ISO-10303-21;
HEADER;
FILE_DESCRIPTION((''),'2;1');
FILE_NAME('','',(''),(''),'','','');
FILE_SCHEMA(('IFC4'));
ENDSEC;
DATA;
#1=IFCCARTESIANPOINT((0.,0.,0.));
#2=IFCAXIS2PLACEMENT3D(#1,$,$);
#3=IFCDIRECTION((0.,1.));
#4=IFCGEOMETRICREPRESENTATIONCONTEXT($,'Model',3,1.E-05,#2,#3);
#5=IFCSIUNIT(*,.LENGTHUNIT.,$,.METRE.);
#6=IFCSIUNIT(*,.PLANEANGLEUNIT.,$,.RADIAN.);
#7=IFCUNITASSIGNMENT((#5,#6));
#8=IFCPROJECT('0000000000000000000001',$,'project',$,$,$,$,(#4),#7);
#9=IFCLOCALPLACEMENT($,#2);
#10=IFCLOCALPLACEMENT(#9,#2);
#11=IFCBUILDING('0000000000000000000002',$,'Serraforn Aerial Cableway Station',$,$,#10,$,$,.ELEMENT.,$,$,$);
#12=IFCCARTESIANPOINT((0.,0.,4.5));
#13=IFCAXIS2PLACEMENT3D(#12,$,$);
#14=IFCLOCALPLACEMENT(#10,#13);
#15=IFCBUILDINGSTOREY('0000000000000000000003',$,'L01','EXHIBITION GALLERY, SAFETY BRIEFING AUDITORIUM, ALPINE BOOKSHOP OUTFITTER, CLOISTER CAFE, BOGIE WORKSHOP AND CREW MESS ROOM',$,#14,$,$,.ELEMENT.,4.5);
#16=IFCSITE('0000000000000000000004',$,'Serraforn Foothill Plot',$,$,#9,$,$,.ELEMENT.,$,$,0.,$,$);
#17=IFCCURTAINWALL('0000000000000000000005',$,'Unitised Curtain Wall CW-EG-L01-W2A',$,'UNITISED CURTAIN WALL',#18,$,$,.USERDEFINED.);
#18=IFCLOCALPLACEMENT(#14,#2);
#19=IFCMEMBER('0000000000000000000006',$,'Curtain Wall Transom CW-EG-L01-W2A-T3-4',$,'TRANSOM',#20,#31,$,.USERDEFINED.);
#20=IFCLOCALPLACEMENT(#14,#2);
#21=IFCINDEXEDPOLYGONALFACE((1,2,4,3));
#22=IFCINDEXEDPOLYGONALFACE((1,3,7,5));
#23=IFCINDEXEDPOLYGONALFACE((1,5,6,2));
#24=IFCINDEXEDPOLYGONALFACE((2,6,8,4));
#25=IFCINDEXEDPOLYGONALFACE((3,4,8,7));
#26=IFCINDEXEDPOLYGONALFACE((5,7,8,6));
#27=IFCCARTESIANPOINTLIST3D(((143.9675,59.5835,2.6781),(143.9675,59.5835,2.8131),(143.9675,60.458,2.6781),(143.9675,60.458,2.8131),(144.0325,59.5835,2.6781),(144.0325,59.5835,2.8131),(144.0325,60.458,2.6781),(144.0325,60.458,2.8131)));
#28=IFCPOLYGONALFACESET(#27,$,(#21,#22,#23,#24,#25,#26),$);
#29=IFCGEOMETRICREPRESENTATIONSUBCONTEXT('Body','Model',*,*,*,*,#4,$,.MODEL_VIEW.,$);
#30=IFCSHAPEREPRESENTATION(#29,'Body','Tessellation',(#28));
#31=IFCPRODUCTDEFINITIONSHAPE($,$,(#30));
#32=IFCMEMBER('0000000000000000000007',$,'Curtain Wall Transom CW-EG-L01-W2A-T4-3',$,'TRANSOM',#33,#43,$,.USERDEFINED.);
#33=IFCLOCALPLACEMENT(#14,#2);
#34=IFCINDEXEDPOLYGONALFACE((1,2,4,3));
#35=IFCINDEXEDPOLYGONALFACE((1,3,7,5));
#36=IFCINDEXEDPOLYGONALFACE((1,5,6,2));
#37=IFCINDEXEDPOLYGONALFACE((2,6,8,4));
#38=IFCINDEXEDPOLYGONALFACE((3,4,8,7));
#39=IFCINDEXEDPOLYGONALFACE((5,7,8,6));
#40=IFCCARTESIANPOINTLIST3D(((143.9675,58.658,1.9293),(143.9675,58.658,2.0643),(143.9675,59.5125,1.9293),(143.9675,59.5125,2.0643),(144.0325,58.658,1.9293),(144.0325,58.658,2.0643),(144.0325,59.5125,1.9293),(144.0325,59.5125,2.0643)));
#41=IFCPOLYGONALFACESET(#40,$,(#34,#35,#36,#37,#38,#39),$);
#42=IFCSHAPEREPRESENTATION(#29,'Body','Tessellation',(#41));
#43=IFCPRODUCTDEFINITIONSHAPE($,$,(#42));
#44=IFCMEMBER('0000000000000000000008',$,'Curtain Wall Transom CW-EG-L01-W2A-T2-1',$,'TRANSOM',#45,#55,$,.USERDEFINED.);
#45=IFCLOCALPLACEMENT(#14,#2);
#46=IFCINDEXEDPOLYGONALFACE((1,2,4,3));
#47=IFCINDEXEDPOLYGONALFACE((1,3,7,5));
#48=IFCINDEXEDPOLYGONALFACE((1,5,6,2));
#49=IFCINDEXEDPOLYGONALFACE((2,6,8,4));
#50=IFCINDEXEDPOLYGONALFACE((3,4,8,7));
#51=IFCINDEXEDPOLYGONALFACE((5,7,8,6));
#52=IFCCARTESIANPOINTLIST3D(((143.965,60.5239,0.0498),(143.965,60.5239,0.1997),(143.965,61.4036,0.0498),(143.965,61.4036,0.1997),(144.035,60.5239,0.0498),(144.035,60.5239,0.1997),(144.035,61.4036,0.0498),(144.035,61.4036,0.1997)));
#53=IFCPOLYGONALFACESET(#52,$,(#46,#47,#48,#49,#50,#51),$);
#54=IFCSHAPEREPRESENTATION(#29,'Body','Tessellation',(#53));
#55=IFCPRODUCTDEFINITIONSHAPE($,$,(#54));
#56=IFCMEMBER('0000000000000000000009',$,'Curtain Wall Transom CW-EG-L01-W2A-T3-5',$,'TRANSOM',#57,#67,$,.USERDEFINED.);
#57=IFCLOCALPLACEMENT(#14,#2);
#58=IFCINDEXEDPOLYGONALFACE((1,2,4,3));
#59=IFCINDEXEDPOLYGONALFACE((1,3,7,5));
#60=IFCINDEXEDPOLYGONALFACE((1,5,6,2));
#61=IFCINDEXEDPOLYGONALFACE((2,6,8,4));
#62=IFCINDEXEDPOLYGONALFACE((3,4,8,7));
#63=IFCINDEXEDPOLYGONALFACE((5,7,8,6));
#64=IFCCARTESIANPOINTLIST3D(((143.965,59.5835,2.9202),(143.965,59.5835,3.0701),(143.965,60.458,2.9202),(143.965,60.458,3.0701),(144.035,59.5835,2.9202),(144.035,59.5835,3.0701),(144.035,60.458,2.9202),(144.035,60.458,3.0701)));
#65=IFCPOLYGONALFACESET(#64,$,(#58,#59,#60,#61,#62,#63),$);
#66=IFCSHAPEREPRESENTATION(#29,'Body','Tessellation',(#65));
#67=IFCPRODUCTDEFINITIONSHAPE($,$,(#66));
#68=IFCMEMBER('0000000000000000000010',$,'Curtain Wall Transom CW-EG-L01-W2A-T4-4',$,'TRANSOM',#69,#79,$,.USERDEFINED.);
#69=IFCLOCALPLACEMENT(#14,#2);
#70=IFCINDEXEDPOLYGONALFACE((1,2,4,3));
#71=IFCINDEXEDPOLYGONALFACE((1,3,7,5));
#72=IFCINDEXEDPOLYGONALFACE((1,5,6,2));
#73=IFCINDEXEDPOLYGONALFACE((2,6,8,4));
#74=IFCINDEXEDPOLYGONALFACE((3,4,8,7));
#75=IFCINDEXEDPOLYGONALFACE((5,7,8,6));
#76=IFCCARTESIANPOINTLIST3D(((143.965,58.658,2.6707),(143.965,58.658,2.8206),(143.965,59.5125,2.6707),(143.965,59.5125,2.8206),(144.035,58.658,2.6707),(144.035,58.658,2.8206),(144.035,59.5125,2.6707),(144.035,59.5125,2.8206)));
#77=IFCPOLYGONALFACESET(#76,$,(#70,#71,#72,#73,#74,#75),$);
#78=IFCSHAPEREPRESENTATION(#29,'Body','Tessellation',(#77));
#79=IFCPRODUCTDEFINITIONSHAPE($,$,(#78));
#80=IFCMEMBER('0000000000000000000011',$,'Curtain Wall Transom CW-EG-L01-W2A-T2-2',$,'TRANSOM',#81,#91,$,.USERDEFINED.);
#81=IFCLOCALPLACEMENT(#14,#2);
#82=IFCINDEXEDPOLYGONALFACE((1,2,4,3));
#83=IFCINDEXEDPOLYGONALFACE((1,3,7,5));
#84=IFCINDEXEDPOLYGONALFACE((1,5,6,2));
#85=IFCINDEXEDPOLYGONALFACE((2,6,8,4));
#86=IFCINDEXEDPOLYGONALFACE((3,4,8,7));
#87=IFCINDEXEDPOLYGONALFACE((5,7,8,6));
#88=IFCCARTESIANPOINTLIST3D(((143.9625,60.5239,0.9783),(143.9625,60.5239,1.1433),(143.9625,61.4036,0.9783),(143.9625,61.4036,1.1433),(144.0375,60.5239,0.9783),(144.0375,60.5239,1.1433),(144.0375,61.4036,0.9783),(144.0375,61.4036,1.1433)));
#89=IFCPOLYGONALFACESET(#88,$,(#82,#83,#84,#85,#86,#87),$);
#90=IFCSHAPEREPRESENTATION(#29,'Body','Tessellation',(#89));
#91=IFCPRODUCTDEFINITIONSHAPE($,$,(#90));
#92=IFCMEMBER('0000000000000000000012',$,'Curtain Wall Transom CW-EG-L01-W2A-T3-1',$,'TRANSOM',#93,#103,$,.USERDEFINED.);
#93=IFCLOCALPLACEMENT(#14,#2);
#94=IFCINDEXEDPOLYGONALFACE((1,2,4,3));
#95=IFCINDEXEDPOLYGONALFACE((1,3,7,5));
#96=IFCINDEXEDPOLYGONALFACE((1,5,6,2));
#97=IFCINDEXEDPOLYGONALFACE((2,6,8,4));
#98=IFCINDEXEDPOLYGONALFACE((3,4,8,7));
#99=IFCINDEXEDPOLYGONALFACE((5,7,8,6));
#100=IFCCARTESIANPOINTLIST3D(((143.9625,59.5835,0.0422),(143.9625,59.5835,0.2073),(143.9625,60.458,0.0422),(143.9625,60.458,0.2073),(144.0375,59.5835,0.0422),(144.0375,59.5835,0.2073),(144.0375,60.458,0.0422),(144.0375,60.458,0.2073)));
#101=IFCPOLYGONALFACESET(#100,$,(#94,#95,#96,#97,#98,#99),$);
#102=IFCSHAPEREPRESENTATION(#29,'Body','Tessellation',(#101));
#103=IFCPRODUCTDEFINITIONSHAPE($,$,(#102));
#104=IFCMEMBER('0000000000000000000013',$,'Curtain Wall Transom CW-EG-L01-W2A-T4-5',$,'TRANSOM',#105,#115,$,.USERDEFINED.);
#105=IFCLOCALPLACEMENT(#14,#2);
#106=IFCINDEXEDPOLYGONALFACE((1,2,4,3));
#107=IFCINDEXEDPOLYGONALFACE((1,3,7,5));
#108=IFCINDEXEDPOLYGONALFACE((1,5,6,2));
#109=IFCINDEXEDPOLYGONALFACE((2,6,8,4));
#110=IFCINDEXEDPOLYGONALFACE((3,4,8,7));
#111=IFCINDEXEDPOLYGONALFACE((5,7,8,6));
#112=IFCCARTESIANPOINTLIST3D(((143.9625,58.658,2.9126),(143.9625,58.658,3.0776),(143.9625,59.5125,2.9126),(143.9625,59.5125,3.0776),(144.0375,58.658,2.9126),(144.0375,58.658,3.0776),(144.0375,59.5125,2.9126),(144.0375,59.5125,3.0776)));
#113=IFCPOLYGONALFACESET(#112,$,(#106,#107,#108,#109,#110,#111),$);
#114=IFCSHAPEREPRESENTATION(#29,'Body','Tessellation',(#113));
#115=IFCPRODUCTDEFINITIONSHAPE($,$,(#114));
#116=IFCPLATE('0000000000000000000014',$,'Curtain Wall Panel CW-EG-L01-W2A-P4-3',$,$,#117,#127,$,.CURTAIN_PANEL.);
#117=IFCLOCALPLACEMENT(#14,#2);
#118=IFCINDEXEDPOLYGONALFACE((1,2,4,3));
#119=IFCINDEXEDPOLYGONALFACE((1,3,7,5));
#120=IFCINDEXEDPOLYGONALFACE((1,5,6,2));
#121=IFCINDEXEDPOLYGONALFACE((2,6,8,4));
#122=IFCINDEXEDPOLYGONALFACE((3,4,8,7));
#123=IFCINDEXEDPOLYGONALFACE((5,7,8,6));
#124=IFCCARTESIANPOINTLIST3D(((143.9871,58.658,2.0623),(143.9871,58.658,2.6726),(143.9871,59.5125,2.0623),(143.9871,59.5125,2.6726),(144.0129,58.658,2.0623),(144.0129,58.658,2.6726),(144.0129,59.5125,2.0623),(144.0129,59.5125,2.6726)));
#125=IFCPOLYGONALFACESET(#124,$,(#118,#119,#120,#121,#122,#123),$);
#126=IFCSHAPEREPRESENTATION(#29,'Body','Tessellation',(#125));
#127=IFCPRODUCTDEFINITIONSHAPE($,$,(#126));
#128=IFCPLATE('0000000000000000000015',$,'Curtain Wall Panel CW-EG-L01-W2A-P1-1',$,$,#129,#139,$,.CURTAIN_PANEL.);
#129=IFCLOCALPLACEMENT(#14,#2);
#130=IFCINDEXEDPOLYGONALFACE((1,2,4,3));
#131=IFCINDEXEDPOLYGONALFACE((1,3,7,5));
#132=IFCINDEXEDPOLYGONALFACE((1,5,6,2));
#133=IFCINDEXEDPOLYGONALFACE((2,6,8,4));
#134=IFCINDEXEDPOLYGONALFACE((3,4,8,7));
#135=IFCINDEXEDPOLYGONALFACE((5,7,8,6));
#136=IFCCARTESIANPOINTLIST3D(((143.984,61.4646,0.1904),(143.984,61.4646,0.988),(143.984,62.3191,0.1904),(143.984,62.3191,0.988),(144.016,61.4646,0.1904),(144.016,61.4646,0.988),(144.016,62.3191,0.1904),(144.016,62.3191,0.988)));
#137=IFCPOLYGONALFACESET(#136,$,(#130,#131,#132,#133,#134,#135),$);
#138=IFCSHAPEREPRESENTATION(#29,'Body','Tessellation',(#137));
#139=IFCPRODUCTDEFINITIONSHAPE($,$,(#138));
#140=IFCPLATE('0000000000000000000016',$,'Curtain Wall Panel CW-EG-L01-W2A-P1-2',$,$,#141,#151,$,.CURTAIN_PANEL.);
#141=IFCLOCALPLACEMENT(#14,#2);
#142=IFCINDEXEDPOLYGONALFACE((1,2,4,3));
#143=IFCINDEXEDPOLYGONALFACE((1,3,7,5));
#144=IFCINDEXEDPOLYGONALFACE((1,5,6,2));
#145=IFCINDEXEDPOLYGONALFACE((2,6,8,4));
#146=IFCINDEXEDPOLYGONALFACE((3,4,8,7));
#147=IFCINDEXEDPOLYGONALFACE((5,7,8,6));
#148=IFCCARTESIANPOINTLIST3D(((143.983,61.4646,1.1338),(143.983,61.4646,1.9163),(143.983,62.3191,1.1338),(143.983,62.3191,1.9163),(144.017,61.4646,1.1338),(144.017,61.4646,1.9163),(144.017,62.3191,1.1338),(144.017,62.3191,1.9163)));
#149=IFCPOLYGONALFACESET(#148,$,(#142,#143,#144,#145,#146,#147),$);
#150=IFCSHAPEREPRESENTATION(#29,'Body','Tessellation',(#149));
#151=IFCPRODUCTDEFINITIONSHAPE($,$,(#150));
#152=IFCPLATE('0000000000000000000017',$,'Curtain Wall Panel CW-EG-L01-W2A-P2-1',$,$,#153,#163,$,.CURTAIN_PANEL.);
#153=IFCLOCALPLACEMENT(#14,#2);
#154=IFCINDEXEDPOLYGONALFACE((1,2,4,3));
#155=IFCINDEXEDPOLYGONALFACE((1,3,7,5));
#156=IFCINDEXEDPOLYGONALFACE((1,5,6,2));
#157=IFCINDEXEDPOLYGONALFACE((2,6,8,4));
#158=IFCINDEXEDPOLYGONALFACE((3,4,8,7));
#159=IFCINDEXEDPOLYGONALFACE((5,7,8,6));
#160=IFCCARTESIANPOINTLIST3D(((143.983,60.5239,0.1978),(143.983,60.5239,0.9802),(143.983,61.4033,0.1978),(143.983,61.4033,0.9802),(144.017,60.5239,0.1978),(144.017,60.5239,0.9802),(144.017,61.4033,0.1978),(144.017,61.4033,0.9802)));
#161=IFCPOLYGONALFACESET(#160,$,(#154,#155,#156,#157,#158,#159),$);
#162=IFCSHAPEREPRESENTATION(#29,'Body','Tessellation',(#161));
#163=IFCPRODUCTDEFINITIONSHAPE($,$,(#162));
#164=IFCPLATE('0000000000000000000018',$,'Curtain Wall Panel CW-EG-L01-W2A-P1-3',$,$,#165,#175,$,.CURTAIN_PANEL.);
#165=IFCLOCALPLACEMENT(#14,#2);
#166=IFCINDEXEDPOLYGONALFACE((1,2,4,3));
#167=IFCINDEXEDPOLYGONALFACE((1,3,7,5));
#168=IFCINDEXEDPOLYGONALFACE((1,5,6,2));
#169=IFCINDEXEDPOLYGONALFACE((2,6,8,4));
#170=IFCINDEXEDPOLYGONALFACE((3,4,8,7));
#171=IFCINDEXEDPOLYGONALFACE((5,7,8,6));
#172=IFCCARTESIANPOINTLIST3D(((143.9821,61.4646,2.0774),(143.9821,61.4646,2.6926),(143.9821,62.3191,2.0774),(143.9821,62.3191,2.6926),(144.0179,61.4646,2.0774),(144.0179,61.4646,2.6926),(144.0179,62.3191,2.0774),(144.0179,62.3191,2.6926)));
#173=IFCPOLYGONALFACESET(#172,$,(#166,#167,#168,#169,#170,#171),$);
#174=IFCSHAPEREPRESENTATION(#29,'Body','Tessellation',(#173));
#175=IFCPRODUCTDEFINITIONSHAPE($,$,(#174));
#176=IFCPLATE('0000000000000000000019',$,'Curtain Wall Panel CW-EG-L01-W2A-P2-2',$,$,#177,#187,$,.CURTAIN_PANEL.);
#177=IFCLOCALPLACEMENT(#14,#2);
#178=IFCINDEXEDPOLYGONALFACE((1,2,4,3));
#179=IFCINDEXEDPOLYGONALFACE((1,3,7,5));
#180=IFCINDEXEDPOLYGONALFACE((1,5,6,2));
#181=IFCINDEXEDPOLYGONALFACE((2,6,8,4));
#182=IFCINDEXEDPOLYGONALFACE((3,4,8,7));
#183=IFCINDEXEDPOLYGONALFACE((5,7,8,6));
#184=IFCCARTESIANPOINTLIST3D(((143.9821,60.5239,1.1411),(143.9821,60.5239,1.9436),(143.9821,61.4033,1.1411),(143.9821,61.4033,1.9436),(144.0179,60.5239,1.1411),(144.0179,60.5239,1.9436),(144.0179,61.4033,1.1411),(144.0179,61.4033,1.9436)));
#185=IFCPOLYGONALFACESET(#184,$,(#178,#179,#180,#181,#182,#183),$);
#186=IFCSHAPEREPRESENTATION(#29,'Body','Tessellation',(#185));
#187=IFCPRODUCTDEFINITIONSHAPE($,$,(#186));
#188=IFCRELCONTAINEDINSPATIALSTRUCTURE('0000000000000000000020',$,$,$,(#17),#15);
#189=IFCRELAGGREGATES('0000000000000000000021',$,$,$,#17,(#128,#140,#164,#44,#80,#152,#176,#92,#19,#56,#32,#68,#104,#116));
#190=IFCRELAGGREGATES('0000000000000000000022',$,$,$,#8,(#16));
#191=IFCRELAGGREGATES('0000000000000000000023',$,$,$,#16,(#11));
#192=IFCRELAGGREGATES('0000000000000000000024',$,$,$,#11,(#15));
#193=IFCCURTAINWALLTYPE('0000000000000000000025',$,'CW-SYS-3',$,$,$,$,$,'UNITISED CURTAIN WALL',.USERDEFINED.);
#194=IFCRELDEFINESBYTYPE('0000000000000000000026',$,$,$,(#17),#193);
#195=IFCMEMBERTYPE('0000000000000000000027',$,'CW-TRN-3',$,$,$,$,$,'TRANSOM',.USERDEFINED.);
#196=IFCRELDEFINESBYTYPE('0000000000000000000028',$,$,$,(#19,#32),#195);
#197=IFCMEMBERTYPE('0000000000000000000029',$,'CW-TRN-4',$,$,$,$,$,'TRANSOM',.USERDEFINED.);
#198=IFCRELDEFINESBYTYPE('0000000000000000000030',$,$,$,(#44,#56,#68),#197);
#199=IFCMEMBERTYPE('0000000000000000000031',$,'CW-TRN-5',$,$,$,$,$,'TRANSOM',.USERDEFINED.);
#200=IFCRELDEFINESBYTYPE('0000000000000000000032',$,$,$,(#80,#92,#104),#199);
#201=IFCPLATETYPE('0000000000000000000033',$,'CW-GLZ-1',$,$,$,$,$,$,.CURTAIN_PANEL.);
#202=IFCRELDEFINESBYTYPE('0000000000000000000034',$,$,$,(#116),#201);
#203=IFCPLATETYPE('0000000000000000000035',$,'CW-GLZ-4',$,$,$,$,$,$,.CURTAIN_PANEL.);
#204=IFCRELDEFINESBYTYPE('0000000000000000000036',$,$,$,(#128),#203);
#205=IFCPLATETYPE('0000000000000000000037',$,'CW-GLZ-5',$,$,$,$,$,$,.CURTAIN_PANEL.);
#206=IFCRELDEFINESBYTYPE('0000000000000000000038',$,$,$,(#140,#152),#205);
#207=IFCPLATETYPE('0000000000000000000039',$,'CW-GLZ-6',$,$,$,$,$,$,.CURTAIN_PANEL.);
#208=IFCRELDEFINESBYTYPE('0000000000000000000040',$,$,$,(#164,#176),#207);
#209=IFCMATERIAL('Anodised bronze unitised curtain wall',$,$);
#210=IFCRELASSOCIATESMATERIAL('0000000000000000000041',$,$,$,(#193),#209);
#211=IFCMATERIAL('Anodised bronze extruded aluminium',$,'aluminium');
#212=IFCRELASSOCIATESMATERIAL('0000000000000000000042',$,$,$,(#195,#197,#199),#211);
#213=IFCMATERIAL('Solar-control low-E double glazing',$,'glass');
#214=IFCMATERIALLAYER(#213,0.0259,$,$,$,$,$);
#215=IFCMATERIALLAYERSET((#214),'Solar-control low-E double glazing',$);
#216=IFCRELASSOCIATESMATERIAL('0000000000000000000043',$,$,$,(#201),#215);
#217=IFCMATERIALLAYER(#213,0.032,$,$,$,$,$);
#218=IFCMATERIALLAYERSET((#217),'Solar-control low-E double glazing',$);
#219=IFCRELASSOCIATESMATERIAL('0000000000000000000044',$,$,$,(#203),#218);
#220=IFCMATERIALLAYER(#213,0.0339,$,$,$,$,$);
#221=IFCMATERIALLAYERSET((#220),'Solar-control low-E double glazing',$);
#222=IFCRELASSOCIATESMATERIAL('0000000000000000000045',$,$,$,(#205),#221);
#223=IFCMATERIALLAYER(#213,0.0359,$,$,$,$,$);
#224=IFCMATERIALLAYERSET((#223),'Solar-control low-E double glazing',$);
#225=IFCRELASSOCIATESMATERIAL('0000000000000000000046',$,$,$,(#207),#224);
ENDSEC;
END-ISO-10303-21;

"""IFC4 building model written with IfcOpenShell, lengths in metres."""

from ifc_helpers import new_model, si_unit, direction, frame, origin, origin_2d, place, context, subcontext, project, spatial, rectangle, extrude, material, layer, layer_set, material_profile, profile_set, type_object, element, aggregate, save


model = new_model("IFC4")

# Units and contexts
model_context = context("Model", 3, precision=1e-05, world=origin(), true_north=direction((0.0, 1.0)))
body_context = subcontext(model_context, "Body", "Model", "MODEL_VIEW")
ifc_project = project(units=[si_unit("LENGTHUNIT", "METRE"), si_unit("PLANEANGLEUNIT", "RADIAN")], contexts=[model_context])

# Site, building, storey
site_placement = place(None, origin())
site = spatial("IfcSite", under=ifc_project, at=site_placement, Name="Serraforn Foothill Plot", CompositionType="ELEMENT", RefElevation=0.0)
building_placement = place(site_placement, origin())
building = spatial("IfcBuilding", under=site, at=building_placement, Name="Serraforn Aerial Cableway Station", CompositionType="ELEMENT")
storey_placement = place(building_placement, frame((0.0, 0.0, 4.5)))
storey = spatial("IfcBuildingStorey", under=building, at=storey_placement, Name="L01", Description="EXHIBITION GALLERY, SAFETY BRIEFING AUDITORIUM, ALPINE BOOKSHOP OUTFITTER, CLOISTER CAFE, BOGIE WORKSHOP AND CREW MESS ROOM", CompositionType="ELEMENT", Elevation=4.5)

# Curtain wall, members, plates
ifc_material_1 = material(Name="Anodised bronze unitised curtain wall")
curtain_wall_type = type_object("IfcCurtainWallType", Name="CW-SYS-3", ElementType="UNITISED CURTAIN WALL", PredefinedType="USERDEFINED", material=ifc_material_1)
curtain_wall_placement = place(storey_placement, origin())
curtain_wall = element("IfcCurtainWall", 1, at=curtain_wall_placement, inside=storey, type_object=curtain_wall_type, Name="Unitised Curtain Wall CW-EG-L01-W2A", ObjectType="UNITISED CURTAIN WALL", PredefinedType="USERDEFINED")
ifc_material_2 = material(Name="Anodised bronze extruded aluminium", Category="aluminium")
ifc_material_profile_1 = material_profile(ifc_material_2, rectangle(XDim=0.0649, YDim=0.135, at=origin_2d()), Name="CW TRANSOM 65x135")
ifc_profile_set_1 = profile_set([ifc_material_profile_1], Name="Anodised bronze extruded aluminium")
member_type_1 = type_object("IfcMemberType", Name="CW-TRN-3", ElementType="TRANSOM", PredefinedType="USERDEFINED", material=ifc_profile_set_1)
member_1_placement = place(storey_placement, frame((144.0, 60.458, 2.7456), z_axis=(0.0, -1.0, 0.0), x_axis=(1.0, 0.0, 0.0)))
member_1 = element("IfcMember", 2, at=member_1_placement, type_object=member_type_1, Name="Curtain Wall Transom CW-EG-L01-W2A-T3-4", ObjectType="TRANSOM", PredefinedType="USERDEFINED", context=body_context, shape_type="SweptSolid", body=[
    extrude(rectangle(XDim=0.0649, YDim=0.135, at=origin_2d()), origin(), (0.0, 0.0, 1.0), 0.8745),
])
member_2_placement = place(storey_placement, frame((144.0, 59.5125, 1.9968), z_axis=(0.0, -1.0, 0.0), x_axis=(1.0, 0.0, 0.0)))
member_2 = element("IfcMember", 3, at=member_2_placement, type_object=member_type_1, Name="Curtain Wall Transom CW-EG-L01-W2A-T4-3", ObjectType="TRANSOM", PredefinedType="USERDEFINED", context=body_context, shape_type="SweptSolid", body=[
    extrude(rectangle(XDim=0.0649, YDim=0.135, at=origin_2d()), origin(), (0.0, 0.0, 1.0), 0.8545),
])
ifc_material_profile_2 = material_profile(ifc_material_2, rectangle(XDim=0.0701, YDim=0.1499, at=origin_2d()), Name="CW TRANSOM 70x150")
ifc_profile_set_2 = profile_set([ifc_material_profile_2], Name="Anodised bronze extruded aluminium")
member_type_2 = type_object("IfcMemberType", Name="CW-TRN-4", ElementType="TRANSOM", PredefinedType="USERDEFINED", material=ifc_profile_set_2)
member_3_placement = place(storey_placement, frame((144.0, 61.4036, 0.1248), z_axis=(0.0, -1.0, 0.0), x_axis=(1.0, 0.0, 0.0)))
member_3 = element("IfcMember", 4, at=member_3_placement, type_object=member_type_2, Name="Curtain Wall Transom CW-EG-L01-W2A-T2-1", ObjectType="TRANSOM", PredefinedType="USERDEFINED", context=body_context, shape_type="SweptSolid", body=[
    extrude(rectangle(XDim=0.0701, YDim=0.1499, at=origin_2d()), origin(), (0.0, 0.0, 1.0), 0.8796),
])
member_4_placement = place(storey_placement, frame((144.0, 60.458, 2.9951), z_axis=(0.0, -1.0, 0.0), x_axis=(1.0, 0.0, 0.0)))
member_4 = element("IfcMember", 5, at=member_4_placement, type_object=member_type_2, Name="Curtain Wall Transom CW-EG-L01-W2A-T3-5", ObjectType="TRANSOM", PredefinedType="USERDEFINED", context=body_context, shape_type="SweptSolid", body=[
    extrude(rectangle(XDim=0.0701, YDim=0.1499, at=origin_2d()), origin(), (0.0, 0.0, 1.0), 0.8745),
])
member_5_placement = place(storey_placement, frame((144.0, 59.5125, 2.7456), z_axis=(0.0, -1.0, 0.0), x_axis=(1.0, 0.0, 0.0)))
member_5 = element("IfcMember", 6, at=member_5_placement, type_object=member_type_2, Name="Curtain Wall Transom CW-EG-L01-W2A-T4-4", ObjectType="TRANSOM", PredefinedType="USERDEFINED", context=body_context, shape_type="SweptSolid", body=[
    extrude(rectangle(XDim=0.0701, YDim=0.1499, at=origin_2d()), origin(), (0.0, 0.0, 1.0), 0.8545),
])
ifc_material_profile_3 = material_profile(ifc_material_2, rectangle(XDim=0.075, YDim=0.165, at=origin_2d()), Name="CW TRANSOM 75x165")
ifc_profile_set_3 = profile_set([ifc_material_profile_3], Name="Anodised bronze extruded aluminium")
member_type_3 = type_object("IfcMemberType", Name="CW-TRN-5", ElementType="TRANSOM", PredefinedType="USERDEFINED", material=ifc_profile_set_3)
member_6_placement = place(storey_placement, frame((144.0, 61.4036, 1.0608), z_axis=(0.0, -1.0, 0.0), x_axis=(1.0, 0.0, 0.0)))
member_6 = element("IfcMember", 7, at=member_6_placement, type_object=member_type_3, Name="Curtain Wall Transom CW-EG-L01-W2A-T2-2", ObjectType="TRANSOM", PredefinedType="USERDEFINED", context=body_context, shape_type="SweptSolid", body=[
    extrude(rectangle(XDim=0.075, YDim=0.165, at=origin_2d()), origin(), (0.0, 0.0, 1.0), 0.8796),
])
member_7_placement = place(storey_placement, frame((144.0, 60.458, 0.1248), z_axis=(0.0, -1.0, 0.0), x_axis=(1.0, 0.0, 0.0)))
member_7 = element("IfcMember", 8, at=member_7_placement, type_object=member_type_3, Name="Curtain Wall Transom CW-EG-L01-W2A-T3-1", ObjectType="TRANSOM", PredefinedType="USERDEFINED", context=body_context, shape_type="SweptSolid", body=[
    extrude(rectangle(XDim=0.075, YDim=0.165, at=origin_2d()), origin(), (0.0, 0.0, 1.0), 0.8745),
])
member_8_placement = place(storey_placement, frame((144.0, 59.5125, 2.9951), z_axis=(0.0, -1.0, 0.0), x_axis=(1.0, 0.0, 0.0)))
member_8 = element("IfcMember", 9, at=member_8_placement, type_object=member_type_3, Name="Curtain Wall Transom CW-EG-L01-W2A-T4-5", ObjectType="TRANSOM", PredefinedType="USERDEFINED", context=body_context, shape_type="SweptSolid", body=[
    extrude(rectangle(XDim=0.075, YDim=0.165, at=origin_2d()), origin(), (0.0, 0.0, 1.0), 0.8545),
])
ifc_material_3 = material(Name="Solar-control low-E double glazing", Category="glass")
ifc_layer_1 = layer(ifc_material_3, 0.0259)
ifc_layer_set_1 = layer_set([ifc_layer_1], Name="Solar-control low-E double glazing")
plate_type_1 = type_object("IfcPlateType", Name="CW-GLZ-1", PredefinedType="CURTAIN_PANEL", material=ifc_layer_set_1)
plate_1_placement = place(storey_placement, frame((144.0, 59.0852, 2.0623), z_axis=(0.0, 0.0, 1.0), x_axis=(1.0, 0.0, 0.0)))
plate_1 = element("IfcPlate", 10, at=plate_1_placement, type_object=plate_type_1, Name="Curtain Wall Panel CW-EG-L01-W2A-P4-3", PredefinedType="CURTAIN_PANEL", context=body_context, shape_type="SweptSolid", body=[
    extrude(rectangle(XDim=0.0259, YDim=0.8545, at=origin_2d()), origin(), (0.0, 0.0, 1.0), 0.6104),
])
ifc_layer_2 = layer(ifc_material_3, 0.032)
ifc_layer_set_2 = layer_set([ifc_layer_2], Name="Solar-control low-E double glazing")
plate_type_2 = type_object("IfcPlateType", Name="CW-GLZ-4", PredefinedType="CURTAIN_PANEL", material=ifc_layer_set_2)
plate_2_placement = place(storey_placement, frame((144.0, 61.8918, 0.1904), z_axis=(0.0, 0.0, 1.0), x_axis=(1.0, 0.0, 0.0)))
plate_2 = element("IfcPlate", 11, at=plate_2_placement, type_object=plate_type_2, Name="Curtain Wall Panel CW-EG-L01-W2A-P1-1", PredefinedType="CURTAIN_PANEL", context=body_context, shape_type="SweptSolid", body=[
    extrude(rectangle(XDim=0.032, YDim=0.8545, at=origin_2d()), origin(), (0.0, 0.0, 1.0), 0.7976),
])
ifc_layer_3 = layer(ifc_material_3, 0.0339)
ifc_layer_set_3 = layer_set([ifc_layer_3], Name="Solar-control low-E double glazing")
plate_type_3 = type_object("IfcPlateType", Name="CW-GLZ-5", PredefinedType="CURTAIN_PANEL", material=ifc_layer_set_3)
plate_3_placement = place(storey_placement, frame((144.0, 61.8918, 1.1338), z_axis=(0.0, 0.0, 1.0), x_axis=(1.0, 0.0, 0.0)))
plate_3 = element("IfcPlate", 12, at=plate_3_placement, type_object=plate_type_3, Name="Curtain Wall Panel CW-EG-L01-W2A-P1-2", PredefinedType="CURTAIN_PANEL", context=body_context, shape_type="SweptSolid", body=[
    extrude(rectangle(XDim=0.0339, YDim=0.8545, at=origin_2d()), origin(), (0.0, 0.0, 1.0), 0.7825),
])
plate_4_placement = place(storey_placement, frame((144.0, 60.9636, 0.1978), z_axis=(0.0, 0.0, 1.0), x_axis=(1.0, 0.0, 0.0)))
plate_4 = element("IfcPlate", 13, at=plate_4_placement, type_object=plate_type_3, Name="Curtain Wall Panel CW-EG-L01-W2A-P2-1", PredefinedType="CURTAIN_PANEL", context=body_context, shape_type="SweptSolid", body=[
    extrude(rectangle(XDim=0.0339, YDim=0.8794, at=origin_2d()), origin(), (0.0, 0.0, 1.0), 0.7825),
])
ifc_layer_4 = layer(ifc_material_3, 0.0359)
ifc_layer_set_4 = layer_set([ifc_layer_4], Name="Solar-control low-E double glazing")
plate_type_4 = type_object("IfcPlateType", Name="CW-GLZ-6", PredefinedType="CURTAIN_PANEL", material=ifc_layer_set_4)
plate_5_placement = place(storey_placement, frame((144.0, 61.8918, 2.0774), z_axis=(0.0, 0.0, 1.0), x_axis=(1.0, 0.0, 0.0)))
plate_5 = element("IfcPlate", 14, at=plate_5_placement, type_object=plate_type_4, Name="Curtain Wall Panel CW-EG-L01-W2A-P1-3", PredefinedType="CURTAIN_PANEL", context=body_context, shape_type="SweptSolid", body=[
    extrude(rectangle(XDim=0.0359, YDim=0.8545, at=origin_2d()), origin(), (0.0, 0.0, 1.0), 0.6152),
])
plate_6_placement = place(storey_placement, frame((144.0, 60.9636, 1.1411), z_axis=(0.0, 0.0, 1.0), x_axis=(1.0, 0.0, 0.0)))
plate_6 = element("IfcPlate", 15, at=plate_6_placement, type_object=plate_type_4, Name="Curtain Wall Panel CW-EG-L01-W2A-P2-2", PredefinedType="CURTAIN_PANEL", context=body_context, shape_type="SweptSolid", body=[
    extrude(rectangle(XDim=0.0359, YDim=0.8794, at=origin_2d()), origin(), (0.0, 0.0, 1.0), 0.8025),
])
aggregate(curtain_wall, [plate_2, plate_3, plate_5, member_3, member_6, plate_4, plate_6, member_7, member_1, member_4, member_2, member_5, member_8, plate_1])

save(model, "model.ifc")
